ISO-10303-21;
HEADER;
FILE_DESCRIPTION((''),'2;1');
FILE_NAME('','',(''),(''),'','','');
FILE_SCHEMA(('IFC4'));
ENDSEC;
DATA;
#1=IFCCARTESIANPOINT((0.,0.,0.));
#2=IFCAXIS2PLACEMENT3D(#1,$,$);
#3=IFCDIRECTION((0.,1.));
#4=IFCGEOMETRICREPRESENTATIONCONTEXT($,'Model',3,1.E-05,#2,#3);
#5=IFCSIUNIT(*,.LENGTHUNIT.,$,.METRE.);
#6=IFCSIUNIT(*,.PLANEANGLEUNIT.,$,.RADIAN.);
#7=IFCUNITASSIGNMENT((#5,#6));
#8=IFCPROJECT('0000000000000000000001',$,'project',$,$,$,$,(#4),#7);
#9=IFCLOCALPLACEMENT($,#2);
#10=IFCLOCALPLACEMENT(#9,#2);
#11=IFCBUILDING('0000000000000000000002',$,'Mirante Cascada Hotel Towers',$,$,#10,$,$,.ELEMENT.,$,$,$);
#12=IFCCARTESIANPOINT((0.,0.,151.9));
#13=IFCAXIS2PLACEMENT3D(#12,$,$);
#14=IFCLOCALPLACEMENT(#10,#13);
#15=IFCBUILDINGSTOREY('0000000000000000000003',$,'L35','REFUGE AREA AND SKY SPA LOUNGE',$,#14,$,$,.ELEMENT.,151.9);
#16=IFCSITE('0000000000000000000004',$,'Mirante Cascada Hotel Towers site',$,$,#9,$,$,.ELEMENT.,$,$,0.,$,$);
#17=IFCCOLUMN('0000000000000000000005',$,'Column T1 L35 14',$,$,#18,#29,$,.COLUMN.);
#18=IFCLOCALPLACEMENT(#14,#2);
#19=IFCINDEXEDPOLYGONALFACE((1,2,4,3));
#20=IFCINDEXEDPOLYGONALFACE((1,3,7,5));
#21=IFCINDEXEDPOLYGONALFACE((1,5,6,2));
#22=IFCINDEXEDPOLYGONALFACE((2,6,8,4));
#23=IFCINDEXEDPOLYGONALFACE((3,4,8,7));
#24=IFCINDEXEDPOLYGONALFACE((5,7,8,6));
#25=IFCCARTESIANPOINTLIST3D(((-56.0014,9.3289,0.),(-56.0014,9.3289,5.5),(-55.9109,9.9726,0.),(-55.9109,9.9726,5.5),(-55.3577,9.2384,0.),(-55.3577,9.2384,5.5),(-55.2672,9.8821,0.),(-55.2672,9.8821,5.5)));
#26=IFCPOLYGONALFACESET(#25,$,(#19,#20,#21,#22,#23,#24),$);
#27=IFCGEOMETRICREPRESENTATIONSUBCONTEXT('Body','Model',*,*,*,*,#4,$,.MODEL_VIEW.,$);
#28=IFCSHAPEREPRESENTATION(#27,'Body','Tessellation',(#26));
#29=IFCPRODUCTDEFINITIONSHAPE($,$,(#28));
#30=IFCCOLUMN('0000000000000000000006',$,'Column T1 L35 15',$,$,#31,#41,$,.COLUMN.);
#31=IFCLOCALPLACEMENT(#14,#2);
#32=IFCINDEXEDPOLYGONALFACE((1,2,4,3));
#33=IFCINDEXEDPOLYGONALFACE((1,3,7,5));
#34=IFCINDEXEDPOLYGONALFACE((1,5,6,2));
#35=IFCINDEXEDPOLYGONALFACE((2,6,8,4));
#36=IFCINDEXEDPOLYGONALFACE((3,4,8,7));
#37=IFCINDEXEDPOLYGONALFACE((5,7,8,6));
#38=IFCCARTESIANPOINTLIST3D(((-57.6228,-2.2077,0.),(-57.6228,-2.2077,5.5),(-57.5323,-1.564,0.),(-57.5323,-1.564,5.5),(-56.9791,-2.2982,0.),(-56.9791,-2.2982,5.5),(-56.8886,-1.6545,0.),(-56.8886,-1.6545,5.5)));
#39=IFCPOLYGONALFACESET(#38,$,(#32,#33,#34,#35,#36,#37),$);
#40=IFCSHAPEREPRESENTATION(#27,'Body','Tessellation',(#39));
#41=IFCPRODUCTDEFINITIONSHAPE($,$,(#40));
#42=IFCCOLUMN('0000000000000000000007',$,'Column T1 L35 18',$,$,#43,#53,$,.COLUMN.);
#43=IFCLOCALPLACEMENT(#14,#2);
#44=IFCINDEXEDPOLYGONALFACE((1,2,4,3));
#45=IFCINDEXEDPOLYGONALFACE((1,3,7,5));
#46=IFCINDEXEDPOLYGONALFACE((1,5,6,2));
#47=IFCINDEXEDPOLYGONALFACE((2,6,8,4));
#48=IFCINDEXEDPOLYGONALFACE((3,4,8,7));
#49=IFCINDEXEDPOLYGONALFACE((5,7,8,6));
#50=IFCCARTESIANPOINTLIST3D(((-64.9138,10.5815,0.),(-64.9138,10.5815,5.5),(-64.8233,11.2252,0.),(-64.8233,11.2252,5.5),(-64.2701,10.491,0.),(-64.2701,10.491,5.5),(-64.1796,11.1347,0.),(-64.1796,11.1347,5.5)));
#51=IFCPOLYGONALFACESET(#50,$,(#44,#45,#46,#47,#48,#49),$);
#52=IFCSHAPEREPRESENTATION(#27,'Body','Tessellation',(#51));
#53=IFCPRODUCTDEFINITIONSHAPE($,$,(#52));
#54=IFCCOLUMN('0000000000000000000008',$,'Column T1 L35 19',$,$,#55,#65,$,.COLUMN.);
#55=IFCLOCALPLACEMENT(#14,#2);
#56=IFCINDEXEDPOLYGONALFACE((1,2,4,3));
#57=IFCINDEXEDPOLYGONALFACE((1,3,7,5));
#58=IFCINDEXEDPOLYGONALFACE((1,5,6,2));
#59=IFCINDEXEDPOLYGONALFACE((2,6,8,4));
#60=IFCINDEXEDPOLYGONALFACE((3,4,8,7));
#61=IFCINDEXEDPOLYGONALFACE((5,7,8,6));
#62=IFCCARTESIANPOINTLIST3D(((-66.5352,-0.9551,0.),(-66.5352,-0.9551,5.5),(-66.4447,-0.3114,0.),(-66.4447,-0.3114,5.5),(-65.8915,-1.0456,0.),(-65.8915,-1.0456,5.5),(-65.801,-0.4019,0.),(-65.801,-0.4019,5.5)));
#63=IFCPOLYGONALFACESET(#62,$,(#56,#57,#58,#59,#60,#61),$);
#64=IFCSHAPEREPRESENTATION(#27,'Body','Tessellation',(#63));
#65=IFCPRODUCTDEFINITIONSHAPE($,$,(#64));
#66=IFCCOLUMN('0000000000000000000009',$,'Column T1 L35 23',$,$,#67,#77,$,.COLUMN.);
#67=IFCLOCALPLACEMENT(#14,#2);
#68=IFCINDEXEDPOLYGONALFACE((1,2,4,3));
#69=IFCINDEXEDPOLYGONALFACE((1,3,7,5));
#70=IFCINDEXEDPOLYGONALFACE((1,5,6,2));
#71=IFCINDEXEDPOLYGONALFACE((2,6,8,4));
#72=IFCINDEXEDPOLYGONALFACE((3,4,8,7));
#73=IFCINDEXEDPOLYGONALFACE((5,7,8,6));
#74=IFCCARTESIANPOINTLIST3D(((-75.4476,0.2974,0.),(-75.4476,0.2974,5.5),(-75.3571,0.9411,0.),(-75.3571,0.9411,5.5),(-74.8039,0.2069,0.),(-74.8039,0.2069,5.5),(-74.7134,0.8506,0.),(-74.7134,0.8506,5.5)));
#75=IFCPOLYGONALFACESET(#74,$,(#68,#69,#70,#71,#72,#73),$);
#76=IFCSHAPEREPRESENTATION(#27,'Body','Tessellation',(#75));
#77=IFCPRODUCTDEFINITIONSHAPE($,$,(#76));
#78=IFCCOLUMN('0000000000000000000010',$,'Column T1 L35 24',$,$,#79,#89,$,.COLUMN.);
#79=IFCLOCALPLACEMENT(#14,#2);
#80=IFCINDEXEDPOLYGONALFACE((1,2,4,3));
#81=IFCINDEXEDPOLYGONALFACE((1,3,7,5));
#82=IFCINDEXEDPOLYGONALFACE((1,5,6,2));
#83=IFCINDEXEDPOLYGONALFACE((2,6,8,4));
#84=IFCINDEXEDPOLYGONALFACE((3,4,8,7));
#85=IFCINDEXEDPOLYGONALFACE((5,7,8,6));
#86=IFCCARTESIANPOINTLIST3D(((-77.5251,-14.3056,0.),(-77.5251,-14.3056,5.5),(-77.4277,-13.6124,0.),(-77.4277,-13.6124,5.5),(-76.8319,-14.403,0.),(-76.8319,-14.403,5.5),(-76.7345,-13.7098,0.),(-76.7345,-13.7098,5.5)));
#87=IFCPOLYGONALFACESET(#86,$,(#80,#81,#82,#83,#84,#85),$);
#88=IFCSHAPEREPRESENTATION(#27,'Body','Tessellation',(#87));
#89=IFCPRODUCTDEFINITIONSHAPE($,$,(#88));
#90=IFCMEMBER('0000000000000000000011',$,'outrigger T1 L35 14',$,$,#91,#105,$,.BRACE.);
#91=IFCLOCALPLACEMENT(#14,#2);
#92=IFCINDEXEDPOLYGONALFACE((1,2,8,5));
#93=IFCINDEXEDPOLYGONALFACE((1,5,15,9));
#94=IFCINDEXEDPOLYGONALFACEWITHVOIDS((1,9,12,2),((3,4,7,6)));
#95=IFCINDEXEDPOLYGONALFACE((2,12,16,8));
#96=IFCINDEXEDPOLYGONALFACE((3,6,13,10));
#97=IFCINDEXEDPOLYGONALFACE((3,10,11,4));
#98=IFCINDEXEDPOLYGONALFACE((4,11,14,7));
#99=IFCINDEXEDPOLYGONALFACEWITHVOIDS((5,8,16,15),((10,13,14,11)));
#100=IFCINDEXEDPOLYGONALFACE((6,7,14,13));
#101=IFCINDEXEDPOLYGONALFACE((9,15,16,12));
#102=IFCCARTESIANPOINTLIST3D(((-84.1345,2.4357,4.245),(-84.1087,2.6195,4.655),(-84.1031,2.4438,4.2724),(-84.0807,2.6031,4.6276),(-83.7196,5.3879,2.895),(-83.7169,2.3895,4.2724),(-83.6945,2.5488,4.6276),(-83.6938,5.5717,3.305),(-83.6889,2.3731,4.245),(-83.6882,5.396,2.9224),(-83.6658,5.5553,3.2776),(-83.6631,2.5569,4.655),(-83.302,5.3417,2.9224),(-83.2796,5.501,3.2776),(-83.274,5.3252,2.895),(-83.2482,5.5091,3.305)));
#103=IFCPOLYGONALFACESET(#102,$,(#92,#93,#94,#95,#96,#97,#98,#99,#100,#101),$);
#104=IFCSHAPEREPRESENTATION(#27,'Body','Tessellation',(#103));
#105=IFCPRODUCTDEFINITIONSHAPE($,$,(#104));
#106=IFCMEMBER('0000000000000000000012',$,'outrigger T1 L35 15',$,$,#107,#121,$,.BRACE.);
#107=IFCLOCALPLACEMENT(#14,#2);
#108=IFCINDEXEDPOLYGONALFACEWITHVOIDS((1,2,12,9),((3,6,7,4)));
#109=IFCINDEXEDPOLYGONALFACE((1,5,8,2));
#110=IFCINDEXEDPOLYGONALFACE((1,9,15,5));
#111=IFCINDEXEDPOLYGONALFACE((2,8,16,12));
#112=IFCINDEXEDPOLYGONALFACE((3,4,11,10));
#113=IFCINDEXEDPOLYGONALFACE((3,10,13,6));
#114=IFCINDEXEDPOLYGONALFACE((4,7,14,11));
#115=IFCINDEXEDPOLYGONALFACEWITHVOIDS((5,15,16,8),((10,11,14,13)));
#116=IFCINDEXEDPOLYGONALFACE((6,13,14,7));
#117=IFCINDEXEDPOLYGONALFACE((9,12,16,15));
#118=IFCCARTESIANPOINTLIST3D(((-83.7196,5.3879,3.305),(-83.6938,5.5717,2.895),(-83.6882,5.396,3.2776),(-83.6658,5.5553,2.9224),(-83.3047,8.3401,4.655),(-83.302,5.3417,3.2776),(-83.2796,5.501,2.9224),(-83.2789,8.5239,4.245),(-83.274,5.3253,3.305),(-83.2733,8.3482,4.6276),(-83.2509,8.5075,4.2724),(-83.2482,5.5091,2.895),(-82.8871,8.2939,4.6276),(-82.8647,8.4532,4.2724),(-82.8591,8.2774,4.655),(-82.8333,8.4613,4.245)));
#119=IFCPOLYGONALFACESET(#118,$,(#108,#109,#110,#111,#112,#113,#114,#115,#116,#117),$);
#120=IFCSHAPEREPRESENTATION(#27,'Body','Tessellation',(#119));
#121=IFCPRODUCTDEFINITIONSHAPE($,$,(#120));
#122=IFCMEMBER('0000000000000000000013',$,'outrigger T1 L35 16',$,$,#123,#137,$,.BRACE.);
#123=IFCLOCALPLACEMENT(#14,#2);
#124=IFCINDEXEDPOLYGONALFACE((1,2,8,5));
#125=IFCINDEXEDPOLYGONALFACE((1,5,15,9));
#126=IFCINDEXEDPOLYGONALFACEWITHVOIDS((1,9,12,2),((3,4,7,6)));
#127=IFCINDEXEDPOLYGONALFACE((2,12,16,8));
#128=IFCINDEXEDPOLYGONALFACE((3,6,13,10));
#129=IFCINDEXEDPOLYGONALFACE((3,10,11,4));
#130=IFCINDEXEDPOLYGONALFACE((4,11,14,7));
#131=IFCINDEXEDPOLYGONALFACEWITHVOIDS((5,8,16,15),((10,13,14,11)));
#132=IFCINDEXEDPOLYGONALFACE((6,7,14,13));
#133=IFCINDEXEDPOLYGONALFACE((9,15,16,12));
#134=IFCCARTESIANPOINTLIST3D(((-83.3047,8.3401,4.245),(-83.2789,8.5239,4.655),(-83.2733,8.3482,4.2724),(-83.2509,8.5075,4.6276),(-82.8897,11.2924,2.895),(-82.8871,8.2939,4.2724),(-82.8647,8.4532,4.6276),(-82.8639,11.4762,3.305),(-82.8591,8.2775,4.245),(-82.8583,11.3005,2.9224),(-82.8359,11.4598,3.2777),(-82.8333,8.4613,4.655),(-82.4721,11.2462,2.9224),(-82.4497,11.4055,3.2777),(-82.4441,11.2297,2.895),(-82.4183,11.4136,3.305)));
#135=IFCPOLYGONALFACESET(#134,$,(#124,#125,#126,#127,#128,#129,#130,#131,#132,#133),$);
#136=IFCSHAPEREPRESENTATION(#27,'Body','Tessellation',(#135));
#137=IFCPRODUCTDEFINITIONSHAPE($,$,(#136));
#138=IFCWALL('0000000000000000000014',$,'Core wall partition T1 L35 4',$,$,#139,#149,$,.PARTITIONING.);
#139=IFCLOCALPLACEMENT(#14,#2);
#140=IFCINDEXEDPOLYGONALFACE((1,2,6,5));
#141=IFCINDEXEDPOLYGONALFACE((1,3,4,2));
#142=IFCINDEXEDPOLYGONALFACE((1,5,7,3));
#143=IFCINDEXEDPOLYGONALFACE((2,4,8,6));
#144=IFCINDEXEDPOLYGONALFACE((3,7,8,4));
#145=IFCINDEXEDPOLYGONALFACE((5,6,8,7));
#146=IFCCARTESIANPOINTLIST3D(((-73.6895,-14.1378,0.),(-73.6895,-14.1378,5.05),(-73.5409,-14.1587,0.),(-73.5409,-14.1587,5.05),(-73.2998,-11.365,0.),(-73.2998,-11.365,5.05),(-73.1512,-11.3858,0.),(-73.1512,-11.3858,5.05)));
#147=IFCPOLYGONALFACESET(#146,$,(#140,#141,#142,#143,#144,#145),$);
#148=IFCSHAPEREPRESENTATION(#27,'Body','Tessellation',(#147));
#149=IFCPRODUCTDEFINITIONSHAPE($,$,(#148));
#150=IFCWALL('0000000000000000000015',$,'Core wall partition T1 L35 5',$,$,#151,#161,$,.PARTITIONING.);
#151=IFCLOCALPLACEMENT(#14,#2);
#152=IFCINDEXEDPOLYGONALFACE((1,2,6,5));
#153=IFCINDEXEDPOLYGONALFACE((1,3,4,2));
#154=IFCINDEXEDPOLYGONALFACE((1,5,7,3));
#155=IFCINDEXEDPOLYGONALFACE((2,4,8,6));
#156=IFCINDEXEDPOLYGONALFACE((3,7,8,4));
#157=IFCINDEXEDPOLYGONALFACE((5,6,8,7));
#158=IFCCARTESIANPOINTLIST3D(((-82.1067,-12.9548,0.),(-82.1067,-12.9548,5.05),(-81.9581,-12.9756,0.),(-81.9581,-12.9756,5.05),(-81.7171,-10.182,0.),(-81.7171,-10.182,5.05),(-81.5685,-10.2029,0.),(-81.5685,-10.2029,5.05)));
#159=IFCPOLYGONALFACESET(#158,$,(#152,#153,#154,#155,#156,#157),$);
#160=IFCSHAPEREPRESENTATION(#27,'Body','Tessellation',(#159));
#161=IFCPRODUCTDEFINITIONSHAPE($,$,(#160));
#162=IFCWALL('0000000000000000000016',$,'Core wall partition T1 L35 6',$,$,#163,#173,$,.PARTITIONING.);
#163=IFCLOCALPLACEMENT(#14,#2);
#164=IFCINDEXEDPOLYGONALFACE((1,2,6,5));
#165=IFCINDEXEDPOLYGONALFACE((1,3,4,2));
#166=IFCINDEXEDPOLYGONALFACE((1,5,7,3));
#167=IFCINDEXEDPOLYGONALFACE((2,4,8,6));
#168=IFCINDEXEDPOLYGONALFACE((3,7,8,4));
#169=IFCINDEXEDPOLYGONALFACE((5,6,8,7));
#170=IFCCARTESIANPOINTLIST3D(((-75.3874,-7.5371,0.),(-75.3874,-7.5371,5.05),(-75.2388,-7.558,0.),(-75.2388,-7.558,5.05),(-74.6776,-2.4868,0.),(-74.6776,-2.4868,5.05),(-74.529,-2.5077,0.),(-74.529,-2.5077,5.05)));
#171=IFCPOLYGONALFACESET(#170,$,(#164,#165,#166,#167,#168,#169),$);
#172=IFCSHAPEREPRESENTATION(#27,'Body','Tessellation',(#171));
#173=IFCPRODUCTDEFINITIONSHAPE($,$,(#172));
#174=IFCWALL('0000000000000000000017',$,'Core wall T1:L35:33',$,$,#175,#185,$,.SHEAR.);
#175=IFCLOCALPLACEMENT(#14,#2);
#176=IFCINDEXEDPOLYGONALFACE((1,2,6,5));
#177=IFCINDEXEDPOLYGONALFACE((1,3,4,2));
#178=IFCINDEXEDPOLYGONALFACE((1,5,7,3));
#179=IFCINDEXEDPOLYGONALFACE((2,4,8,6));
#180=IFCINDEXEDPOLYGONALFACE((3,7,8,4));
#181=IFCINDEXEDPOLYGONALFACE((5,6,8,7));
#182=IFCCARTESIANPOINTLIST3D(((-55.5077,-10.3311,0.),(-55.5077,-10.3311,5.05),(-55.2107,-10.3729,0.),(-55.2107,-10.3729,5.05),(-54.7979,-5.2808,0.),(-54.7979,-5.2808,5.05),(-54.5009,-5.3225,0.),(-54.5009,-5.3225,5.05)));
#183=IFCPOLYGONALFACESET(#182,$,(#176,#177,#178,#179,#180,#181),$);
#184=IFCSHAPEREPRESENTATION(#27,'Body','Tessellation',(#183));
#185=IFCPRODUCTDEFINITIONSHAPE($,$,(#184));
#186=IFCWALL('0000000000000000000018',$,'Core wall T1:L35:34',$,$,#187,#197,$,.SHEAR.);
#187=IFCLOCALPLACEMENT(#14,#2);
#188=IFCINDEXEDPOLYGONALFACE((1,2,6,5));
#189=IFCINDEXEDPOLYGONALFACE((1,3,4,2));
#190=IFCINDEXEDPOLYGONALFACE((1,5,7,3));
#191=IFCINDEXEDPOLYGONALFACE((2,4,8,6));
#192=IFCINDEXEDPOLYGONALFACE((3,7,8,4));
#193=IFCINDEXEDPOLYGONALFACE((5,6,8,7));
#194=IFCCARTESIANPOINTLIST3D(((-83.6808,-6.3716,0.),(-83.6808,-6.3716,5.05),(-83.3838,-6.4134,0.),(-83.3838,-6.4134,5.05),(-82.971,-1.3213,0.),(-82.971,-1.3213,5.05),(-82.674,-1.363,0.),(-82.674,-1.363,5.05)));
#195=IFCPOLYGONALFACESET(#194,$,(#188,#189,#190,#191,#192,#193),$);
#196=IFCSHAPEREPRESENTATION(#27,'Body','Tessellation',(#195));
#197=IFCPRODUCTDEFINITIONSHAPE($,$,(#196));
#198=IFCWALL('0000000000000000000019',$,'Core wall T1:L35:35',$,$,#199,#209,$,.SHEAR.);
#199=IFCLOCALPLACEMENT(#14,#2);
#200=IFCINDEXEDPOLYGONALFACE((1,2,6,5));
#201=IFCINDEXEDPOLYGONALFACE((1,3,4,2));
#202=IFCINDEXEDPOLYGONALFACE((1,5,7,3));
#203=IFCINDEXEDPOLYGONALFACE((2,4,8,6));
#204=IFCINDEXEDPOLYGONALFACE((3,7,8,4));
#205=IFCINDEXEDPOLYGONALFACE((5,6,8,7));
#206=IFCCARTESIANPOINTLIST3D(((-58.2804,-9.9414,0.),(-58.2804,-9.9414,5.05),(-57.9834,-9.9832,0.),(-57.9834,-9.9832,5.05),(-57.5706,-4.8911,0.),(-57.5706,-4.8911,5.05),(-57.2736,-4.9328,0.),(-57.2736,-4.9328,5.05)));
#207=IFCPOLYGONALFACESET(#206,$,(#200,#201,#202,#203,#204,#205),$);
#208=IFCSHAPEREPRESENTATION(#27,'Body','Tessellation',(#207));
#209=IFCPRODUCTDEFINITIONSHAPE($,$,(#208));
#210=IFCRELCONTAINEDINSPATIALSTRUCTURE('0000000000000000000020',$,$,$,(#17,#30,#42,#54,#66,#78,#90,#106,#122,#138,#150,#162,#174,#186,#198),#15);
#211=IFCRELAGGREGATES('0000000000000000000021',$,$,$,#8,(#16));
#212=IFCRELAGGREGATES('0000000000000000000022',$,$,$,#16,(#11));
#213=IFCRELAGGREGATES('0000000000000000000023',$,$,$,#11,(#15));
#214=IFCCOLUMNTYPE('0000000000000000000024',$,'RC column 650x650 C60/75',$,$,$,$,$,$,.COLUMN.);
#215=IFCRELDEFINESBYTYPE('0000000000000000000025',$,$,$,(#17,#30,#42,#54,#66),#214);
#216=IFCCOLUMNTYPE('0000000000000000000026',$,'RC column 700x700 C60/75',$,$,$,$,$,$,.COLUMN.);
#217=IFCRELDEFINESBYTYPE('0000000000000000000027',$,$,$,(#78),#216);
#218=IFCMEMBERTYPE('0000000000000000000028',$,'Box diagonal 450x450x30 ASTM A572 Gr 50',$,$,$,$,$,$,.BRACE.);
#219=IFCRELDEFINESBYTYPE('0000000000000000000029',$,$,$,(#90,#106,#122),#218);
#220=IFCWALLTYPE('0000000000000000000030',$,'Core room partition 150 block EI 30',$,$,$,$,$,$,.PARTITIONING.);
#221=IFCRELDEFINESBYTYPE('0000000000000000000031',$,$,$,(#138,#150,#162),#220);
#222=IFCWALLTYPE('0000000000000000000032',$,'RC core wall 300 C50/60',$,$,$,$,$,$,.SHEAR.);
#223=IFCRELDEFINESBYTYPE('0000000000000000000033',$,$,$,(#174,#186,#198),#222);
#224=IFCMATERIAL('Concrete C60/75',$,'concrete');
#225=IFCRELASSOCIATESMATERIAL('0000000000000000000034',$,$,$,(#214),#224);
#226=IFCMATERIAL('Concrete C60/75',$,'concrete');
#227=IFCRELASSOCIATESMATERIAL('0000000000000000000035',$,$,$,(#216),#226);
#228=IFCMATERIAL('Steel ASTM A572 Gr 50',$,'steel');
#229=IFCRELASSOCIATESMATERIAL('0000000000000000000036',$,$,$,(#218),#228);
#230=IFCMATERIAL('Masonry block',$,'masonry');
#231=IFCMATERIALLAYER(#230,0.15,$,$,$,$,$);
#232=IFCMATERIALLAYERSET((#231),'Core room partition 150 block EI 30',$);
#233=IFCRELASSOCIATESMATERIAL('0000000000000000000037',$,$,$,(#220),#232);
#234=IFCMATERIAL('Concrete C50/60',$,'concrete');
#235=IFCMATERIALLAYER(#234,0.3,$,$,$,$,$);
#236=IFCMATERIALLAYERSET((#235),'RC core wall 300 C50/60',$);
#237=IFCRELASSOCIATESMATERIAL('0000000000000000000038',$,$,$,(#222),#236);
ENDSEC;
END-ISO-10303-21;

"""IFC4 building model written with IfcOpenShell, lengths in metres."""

from ifc_helpers import new_model, si_unit, direction, frame, frame_2d, origin, origin_2d, place, context, subcontext, project, spatial, rectangle, hollow_rectangle, extrude, material, layer, layer_set, material_profile, profile_set, type_object, element, save


model = new_model("IFC4")

# Units and contexts
model_context = context("Model", 3, precision=1e-05, world=origin(), true_north=direction((0.0, 1.0)))
body_context = subcontext(model_context, "Body", "Model", "MODEL_VIEW")
ifc_project = project(units=[si_unit("LENGTHUNIT", "METRE"), si_unit("PLANEANGLEUNIT", "RADIAN")], contexts=[model_context])

# Site, building, storey
site_placement = place(None, origin())
site = spatial("IfcSite", under=ifc_project, at=site_placement, Name="Mirante Cascada Hotel Towers site", CompositionType="ELEMENT", RefElevation=0.0)
building_placement = place(site_placement, origin())
building = spatial("IfcBuilding", under=site, at=building_placement, Name="Mirante Cascada Hotel Towers", CompositionType="ELEMENT")
storey_placement = place(building_placement, frame((0.0, 0.0, 151.9)))
storey = spatial("IfcBuildingStorey", under=building, at=storey_placement, Name="L35", Description="REFUGE AREA AND SKY SPA LOUNGE", CompositionType="ELEMENT", Elevation=151.9)

# Columns
ifc_material_1 = material(Name="Concrete C60/75", Category="concrete")
ifc_material_profile_1 = material_profile(ifc_material_1, rectangle(XDim=0.65, YDim=0.65, at=origin_2d()), Name="RC column 650x650 C60/75")
ifc_profile_set_1 = profile_set([ifc_material_profile_1], Name="Concrete C60/75")
column_type_1 = type_object("IfcColumnType", Name="RC column 650x650 C60/75", PredefinedType="COLUMN", material=ifc_profile_set_1)
for number, where, z_axis, x_axis, name in (
    (1, (-55.6343, 9.6055, 0.0), (0.0, 0.0, 1.0), (-0.990268, 0.139173, 0.0), "Column T1 L35 14"),
    (2, (-57.2557, -1.9311, 0.0), (0.0, 0.0, 1.0), (-0.990268, 0.139173, 0.0), "Column T1 L35 15"),
    (3, (-64.5467, 10.8581, 0.0), (0.0, 0.0, 1.0), (-0.990268, 0.139173, 0.0), "Column T1 L35 18"),
    (4, (-66.1681, -0.6785, 0.0), (0.0, 0.0, 1.0), (-0.990268, 0.139173, 0.0), "Column T1 L35 19"),
    (5, (-75.0805, 0.574, 0.0), (0.0, 0.0, 1.0), (-0.990268, 0.139173, 0.0), "Column T1 L35 23"),
):
    element("IfcColumn", number, at=place(storey_placement, frame(where, z_axis=z_axis, x_axis=x_axis)), inside=storey, type_object=column_type_1, Name=name, PredefinedType="COLUMN", context=body_context, shape_type="SweptSolid", body=[
        extrude(rectangle(XDim=0.65, YDim=0.65, at=origin_2d()), origin(), (0.0, 0.0, 1.0), 5.5),
    ])
ifc_material_2 = material(Name="Concrete C60/75", Category="concrete")
ifc_material_profile_2 = material_profile(ifc_material_2, rectangle(XDim=0.7, YDim=0.7, at=origin_2d()), Name="RC column 700x700 C60/75")
ifc_profile_set_2 = profile_set([ifc_material_profile_2], Name="Concrete C60/75")
column_type_2 = type_object("IfcColumnType", Name="RC column 700x700 C60/75", PredefinedType="COLUMN", material=ifc_profile_set_2)
column_placement = place(storey_placement, frame((-77.1298, -14.0077, 0.0), z_axis=(0.0, 0.0, 1.0), x_axis=(-0.990268, 0.139173, 0.0)))
element("IfcColumn", 6, at=column_placement, inside=storey, type_object=column_type_2, Name="Column T1 L35 24", PredefinedType="COLUMN", context=body_context, shape_type="SweptSolid", body=[
    extrude(rectangle(XDim=0.7, YDim=0.7, at=origin_2d()), origin(), (0.0, 0.0, 1.0), 5.5),
])

# Members
ifc_material_3 = material(Name="Steel ASTM A572 Gr 50", Category="steel")
ifc_material_profile_3 = material_profile(ifc_material_3, hollow_rectangle(XDim=0.45, YDim=0.45, WallThickness=0.03, at=origin_2d()), Name="Box diagonal 450x450x30 ASTM A572 Gr 50")
ifc_profile_set_3 = profile_set([ifc_material_profile_3], Name="Steel ASTM A572 Gr 50")
member_type = type_object("IfcMemberType", Name="Box diagonal 450x450x30 ASTM A572 Gr 50", PredefinedType="BRACE", material=ifc_profile_set_3)
for number, where, z_axis, x_axis, name in (
    (7, (-83.8988, 2.4963, 4.45), (0.126779, 0.902087, -0.412512), (-0.990268, 0.139172, 0.0), "outrigger T1 L35 14"),
    (8, (-83.4839, 5.4485, 3.1), (0.126779, 0.902087, 0.412512), (-0.990268, 0.139172, 0.0), "outrigger T1 L35 15"),
):
    element("IfcMember", number, at=place(storey_placement, frame(where, z_axis=z_axis, x_axis=x_axis)), inside=storey, type_object=member_type, Name=name, PredefinedType="BRACE", context=body_context, shape_type="SweptSolid", body=[
        extrude(hollow_rectangle(XDim=0.45, YDim=0.45, WallThickness=0.03, at=origin_2d()), origin(), (0.0, 0.0, 1.0), 3.2726),
    ])
member_placement = place(storey_placement, frame((-83.069, 8.4007, 4.45), z_axis=(0.126805, 0.902089, -0.412499), x_axis=(-0.990264, 0.1392, 0.0)))
element("IfcMember", 9, at=member_placement, inside=storey, type_object=member_type, Name="outrigger T1 L35 16", PredefinedType="BRACE", context=body_context, shape_type="SweptSolid", body=[
    extrude(hollow_rectangle(XDim=0.45, YDim=0.45, WallThickness=0.03, at=origin_2d()), origin(), (0.0, 0.0, 1.0), 3.2727),
])

# Walls
ifc_material_4 = material(Name="Masonry block", Category="masonry")
ifc_layer_1 = layer(ifc_material_4, 0.15)
ifc_layer_set_1 = layer_set([ifc_layer_1], Name="Core room partition 150 block EI 30")
wall_type_1 = type_object("IfcWallType", Name="Core room partition 150 block EI 30", PredefinedType="PARTITIONING", material=ifc_layer_set_1)
wall_1_placement = place(storey_placement, frame((-73.6152, -14.1482, 0.0), z_axis=(0.0, 0.0, 1.0), x_axis=(0.139176, 0.990268, 0.0)))
element("IfcWall", 10, at=wall_1_placement, inside=storey, type_object=wall_type_1, Name="Core wall partition T1 L35 4", PredefinedType="PARTITIONING", context=body_context, shape_type="SweptSolid", body=[
    extrude(rectangle(XDim=2.8001, YDim=0.15, at=frame_2d((1.4, 0.0))), origin(), (0.0, 0.0, 1.0), 5.05),
])
wall_2_placement = place(storey_placement, frame((-82.0324, -12.9652, 0.0), z_axis=(0.0, 0.0, 1.0), x_axis=(0.139141, 0.990273, 0.0)))
element("IfcWall", 11, at=wall_2_placement, inside=storey, type_object=wall_type_1, Name="Core wall partition T1 L35 5", PredefinedType="PARTITIONING", context=body_context, shape_type="SweptSolid", body=[
    extrude(rectangle(XDim=2.8, YDim=0.15, at=frame_2d((1.4, 0.0))), origin(), (0.0, 0.0, 1.0), 5.05),
])
wall_3_placement = place(storey_placement, frame((-75.3131, -7.5476, 0.0), z_axis=(0.0, 0.0, 1.0), x_axis=(0.139178, 0.990267, 0.0)))
element("IfcWall", 12, at=wall_3_placement, inside=storey, type_object=wall_type_1, Name="Core wall partition T1 L35 6", PredefinedType="PARTITIONING", context=body_context, shape_type="SweptSolid", body=[
    extrude(rectangle(XDim=5.0999, YDim=0.15, at=frame_2d((2.55, 0.0))), origin(), (0.0, 0.0, 1.0), 5.05),
])
ifc_material_5 = material(Name="Concrete C50/60", Category="concrete")
ifc_layer_2 = layer(ifc_material_5, 0.3)
ifc_layer_set_2 = layer_set([ifc_layer_2], Name="RC core wall 300 C50/60")
wall_type_2 = type_object("IfcWallType", Name="RC core wall 300 C50/60", PredefinedType="SHEAR", material=ifc_layer_set_2)
for number, where, z_axis, x_axis, name in (
    (13, (-55.3592, -10.352, 0.0), (0.0, 0.0, 1.0), (0.139176, 0.990268, 0.0), "Core wall T1:L35:33"),
    (14, (-83.5323, -6.3925, 0.0), (0.0, 0.0, 1.0), (0.139176, 0.990268, 0.0), "Core wall T1:L35:34"),
    (15, (-58.1319, -9.9623, 0.0), (0.0, 0.0, 1.0), (0.139176, 0.990268, 0.0), "Core wall T1:L35:35"),
):
    element("IfcWall", number, at=place(storey_placement, frame(where, z_axis=z_axis, x_axis=x_axis)), inside=storey, type_object=wall_type_2, Name=name, PredefinedType="SHEAR", context=body_context, shape_type="SweptSolid", body=[
        extrude(rectangle(XDim=5.1, YDim=0.3, at=frame_2d((2.55, 0.0))), origin(), (0.0, 0.0, 1.0), 5.05),
    ])

save(model, "model.ifc")
